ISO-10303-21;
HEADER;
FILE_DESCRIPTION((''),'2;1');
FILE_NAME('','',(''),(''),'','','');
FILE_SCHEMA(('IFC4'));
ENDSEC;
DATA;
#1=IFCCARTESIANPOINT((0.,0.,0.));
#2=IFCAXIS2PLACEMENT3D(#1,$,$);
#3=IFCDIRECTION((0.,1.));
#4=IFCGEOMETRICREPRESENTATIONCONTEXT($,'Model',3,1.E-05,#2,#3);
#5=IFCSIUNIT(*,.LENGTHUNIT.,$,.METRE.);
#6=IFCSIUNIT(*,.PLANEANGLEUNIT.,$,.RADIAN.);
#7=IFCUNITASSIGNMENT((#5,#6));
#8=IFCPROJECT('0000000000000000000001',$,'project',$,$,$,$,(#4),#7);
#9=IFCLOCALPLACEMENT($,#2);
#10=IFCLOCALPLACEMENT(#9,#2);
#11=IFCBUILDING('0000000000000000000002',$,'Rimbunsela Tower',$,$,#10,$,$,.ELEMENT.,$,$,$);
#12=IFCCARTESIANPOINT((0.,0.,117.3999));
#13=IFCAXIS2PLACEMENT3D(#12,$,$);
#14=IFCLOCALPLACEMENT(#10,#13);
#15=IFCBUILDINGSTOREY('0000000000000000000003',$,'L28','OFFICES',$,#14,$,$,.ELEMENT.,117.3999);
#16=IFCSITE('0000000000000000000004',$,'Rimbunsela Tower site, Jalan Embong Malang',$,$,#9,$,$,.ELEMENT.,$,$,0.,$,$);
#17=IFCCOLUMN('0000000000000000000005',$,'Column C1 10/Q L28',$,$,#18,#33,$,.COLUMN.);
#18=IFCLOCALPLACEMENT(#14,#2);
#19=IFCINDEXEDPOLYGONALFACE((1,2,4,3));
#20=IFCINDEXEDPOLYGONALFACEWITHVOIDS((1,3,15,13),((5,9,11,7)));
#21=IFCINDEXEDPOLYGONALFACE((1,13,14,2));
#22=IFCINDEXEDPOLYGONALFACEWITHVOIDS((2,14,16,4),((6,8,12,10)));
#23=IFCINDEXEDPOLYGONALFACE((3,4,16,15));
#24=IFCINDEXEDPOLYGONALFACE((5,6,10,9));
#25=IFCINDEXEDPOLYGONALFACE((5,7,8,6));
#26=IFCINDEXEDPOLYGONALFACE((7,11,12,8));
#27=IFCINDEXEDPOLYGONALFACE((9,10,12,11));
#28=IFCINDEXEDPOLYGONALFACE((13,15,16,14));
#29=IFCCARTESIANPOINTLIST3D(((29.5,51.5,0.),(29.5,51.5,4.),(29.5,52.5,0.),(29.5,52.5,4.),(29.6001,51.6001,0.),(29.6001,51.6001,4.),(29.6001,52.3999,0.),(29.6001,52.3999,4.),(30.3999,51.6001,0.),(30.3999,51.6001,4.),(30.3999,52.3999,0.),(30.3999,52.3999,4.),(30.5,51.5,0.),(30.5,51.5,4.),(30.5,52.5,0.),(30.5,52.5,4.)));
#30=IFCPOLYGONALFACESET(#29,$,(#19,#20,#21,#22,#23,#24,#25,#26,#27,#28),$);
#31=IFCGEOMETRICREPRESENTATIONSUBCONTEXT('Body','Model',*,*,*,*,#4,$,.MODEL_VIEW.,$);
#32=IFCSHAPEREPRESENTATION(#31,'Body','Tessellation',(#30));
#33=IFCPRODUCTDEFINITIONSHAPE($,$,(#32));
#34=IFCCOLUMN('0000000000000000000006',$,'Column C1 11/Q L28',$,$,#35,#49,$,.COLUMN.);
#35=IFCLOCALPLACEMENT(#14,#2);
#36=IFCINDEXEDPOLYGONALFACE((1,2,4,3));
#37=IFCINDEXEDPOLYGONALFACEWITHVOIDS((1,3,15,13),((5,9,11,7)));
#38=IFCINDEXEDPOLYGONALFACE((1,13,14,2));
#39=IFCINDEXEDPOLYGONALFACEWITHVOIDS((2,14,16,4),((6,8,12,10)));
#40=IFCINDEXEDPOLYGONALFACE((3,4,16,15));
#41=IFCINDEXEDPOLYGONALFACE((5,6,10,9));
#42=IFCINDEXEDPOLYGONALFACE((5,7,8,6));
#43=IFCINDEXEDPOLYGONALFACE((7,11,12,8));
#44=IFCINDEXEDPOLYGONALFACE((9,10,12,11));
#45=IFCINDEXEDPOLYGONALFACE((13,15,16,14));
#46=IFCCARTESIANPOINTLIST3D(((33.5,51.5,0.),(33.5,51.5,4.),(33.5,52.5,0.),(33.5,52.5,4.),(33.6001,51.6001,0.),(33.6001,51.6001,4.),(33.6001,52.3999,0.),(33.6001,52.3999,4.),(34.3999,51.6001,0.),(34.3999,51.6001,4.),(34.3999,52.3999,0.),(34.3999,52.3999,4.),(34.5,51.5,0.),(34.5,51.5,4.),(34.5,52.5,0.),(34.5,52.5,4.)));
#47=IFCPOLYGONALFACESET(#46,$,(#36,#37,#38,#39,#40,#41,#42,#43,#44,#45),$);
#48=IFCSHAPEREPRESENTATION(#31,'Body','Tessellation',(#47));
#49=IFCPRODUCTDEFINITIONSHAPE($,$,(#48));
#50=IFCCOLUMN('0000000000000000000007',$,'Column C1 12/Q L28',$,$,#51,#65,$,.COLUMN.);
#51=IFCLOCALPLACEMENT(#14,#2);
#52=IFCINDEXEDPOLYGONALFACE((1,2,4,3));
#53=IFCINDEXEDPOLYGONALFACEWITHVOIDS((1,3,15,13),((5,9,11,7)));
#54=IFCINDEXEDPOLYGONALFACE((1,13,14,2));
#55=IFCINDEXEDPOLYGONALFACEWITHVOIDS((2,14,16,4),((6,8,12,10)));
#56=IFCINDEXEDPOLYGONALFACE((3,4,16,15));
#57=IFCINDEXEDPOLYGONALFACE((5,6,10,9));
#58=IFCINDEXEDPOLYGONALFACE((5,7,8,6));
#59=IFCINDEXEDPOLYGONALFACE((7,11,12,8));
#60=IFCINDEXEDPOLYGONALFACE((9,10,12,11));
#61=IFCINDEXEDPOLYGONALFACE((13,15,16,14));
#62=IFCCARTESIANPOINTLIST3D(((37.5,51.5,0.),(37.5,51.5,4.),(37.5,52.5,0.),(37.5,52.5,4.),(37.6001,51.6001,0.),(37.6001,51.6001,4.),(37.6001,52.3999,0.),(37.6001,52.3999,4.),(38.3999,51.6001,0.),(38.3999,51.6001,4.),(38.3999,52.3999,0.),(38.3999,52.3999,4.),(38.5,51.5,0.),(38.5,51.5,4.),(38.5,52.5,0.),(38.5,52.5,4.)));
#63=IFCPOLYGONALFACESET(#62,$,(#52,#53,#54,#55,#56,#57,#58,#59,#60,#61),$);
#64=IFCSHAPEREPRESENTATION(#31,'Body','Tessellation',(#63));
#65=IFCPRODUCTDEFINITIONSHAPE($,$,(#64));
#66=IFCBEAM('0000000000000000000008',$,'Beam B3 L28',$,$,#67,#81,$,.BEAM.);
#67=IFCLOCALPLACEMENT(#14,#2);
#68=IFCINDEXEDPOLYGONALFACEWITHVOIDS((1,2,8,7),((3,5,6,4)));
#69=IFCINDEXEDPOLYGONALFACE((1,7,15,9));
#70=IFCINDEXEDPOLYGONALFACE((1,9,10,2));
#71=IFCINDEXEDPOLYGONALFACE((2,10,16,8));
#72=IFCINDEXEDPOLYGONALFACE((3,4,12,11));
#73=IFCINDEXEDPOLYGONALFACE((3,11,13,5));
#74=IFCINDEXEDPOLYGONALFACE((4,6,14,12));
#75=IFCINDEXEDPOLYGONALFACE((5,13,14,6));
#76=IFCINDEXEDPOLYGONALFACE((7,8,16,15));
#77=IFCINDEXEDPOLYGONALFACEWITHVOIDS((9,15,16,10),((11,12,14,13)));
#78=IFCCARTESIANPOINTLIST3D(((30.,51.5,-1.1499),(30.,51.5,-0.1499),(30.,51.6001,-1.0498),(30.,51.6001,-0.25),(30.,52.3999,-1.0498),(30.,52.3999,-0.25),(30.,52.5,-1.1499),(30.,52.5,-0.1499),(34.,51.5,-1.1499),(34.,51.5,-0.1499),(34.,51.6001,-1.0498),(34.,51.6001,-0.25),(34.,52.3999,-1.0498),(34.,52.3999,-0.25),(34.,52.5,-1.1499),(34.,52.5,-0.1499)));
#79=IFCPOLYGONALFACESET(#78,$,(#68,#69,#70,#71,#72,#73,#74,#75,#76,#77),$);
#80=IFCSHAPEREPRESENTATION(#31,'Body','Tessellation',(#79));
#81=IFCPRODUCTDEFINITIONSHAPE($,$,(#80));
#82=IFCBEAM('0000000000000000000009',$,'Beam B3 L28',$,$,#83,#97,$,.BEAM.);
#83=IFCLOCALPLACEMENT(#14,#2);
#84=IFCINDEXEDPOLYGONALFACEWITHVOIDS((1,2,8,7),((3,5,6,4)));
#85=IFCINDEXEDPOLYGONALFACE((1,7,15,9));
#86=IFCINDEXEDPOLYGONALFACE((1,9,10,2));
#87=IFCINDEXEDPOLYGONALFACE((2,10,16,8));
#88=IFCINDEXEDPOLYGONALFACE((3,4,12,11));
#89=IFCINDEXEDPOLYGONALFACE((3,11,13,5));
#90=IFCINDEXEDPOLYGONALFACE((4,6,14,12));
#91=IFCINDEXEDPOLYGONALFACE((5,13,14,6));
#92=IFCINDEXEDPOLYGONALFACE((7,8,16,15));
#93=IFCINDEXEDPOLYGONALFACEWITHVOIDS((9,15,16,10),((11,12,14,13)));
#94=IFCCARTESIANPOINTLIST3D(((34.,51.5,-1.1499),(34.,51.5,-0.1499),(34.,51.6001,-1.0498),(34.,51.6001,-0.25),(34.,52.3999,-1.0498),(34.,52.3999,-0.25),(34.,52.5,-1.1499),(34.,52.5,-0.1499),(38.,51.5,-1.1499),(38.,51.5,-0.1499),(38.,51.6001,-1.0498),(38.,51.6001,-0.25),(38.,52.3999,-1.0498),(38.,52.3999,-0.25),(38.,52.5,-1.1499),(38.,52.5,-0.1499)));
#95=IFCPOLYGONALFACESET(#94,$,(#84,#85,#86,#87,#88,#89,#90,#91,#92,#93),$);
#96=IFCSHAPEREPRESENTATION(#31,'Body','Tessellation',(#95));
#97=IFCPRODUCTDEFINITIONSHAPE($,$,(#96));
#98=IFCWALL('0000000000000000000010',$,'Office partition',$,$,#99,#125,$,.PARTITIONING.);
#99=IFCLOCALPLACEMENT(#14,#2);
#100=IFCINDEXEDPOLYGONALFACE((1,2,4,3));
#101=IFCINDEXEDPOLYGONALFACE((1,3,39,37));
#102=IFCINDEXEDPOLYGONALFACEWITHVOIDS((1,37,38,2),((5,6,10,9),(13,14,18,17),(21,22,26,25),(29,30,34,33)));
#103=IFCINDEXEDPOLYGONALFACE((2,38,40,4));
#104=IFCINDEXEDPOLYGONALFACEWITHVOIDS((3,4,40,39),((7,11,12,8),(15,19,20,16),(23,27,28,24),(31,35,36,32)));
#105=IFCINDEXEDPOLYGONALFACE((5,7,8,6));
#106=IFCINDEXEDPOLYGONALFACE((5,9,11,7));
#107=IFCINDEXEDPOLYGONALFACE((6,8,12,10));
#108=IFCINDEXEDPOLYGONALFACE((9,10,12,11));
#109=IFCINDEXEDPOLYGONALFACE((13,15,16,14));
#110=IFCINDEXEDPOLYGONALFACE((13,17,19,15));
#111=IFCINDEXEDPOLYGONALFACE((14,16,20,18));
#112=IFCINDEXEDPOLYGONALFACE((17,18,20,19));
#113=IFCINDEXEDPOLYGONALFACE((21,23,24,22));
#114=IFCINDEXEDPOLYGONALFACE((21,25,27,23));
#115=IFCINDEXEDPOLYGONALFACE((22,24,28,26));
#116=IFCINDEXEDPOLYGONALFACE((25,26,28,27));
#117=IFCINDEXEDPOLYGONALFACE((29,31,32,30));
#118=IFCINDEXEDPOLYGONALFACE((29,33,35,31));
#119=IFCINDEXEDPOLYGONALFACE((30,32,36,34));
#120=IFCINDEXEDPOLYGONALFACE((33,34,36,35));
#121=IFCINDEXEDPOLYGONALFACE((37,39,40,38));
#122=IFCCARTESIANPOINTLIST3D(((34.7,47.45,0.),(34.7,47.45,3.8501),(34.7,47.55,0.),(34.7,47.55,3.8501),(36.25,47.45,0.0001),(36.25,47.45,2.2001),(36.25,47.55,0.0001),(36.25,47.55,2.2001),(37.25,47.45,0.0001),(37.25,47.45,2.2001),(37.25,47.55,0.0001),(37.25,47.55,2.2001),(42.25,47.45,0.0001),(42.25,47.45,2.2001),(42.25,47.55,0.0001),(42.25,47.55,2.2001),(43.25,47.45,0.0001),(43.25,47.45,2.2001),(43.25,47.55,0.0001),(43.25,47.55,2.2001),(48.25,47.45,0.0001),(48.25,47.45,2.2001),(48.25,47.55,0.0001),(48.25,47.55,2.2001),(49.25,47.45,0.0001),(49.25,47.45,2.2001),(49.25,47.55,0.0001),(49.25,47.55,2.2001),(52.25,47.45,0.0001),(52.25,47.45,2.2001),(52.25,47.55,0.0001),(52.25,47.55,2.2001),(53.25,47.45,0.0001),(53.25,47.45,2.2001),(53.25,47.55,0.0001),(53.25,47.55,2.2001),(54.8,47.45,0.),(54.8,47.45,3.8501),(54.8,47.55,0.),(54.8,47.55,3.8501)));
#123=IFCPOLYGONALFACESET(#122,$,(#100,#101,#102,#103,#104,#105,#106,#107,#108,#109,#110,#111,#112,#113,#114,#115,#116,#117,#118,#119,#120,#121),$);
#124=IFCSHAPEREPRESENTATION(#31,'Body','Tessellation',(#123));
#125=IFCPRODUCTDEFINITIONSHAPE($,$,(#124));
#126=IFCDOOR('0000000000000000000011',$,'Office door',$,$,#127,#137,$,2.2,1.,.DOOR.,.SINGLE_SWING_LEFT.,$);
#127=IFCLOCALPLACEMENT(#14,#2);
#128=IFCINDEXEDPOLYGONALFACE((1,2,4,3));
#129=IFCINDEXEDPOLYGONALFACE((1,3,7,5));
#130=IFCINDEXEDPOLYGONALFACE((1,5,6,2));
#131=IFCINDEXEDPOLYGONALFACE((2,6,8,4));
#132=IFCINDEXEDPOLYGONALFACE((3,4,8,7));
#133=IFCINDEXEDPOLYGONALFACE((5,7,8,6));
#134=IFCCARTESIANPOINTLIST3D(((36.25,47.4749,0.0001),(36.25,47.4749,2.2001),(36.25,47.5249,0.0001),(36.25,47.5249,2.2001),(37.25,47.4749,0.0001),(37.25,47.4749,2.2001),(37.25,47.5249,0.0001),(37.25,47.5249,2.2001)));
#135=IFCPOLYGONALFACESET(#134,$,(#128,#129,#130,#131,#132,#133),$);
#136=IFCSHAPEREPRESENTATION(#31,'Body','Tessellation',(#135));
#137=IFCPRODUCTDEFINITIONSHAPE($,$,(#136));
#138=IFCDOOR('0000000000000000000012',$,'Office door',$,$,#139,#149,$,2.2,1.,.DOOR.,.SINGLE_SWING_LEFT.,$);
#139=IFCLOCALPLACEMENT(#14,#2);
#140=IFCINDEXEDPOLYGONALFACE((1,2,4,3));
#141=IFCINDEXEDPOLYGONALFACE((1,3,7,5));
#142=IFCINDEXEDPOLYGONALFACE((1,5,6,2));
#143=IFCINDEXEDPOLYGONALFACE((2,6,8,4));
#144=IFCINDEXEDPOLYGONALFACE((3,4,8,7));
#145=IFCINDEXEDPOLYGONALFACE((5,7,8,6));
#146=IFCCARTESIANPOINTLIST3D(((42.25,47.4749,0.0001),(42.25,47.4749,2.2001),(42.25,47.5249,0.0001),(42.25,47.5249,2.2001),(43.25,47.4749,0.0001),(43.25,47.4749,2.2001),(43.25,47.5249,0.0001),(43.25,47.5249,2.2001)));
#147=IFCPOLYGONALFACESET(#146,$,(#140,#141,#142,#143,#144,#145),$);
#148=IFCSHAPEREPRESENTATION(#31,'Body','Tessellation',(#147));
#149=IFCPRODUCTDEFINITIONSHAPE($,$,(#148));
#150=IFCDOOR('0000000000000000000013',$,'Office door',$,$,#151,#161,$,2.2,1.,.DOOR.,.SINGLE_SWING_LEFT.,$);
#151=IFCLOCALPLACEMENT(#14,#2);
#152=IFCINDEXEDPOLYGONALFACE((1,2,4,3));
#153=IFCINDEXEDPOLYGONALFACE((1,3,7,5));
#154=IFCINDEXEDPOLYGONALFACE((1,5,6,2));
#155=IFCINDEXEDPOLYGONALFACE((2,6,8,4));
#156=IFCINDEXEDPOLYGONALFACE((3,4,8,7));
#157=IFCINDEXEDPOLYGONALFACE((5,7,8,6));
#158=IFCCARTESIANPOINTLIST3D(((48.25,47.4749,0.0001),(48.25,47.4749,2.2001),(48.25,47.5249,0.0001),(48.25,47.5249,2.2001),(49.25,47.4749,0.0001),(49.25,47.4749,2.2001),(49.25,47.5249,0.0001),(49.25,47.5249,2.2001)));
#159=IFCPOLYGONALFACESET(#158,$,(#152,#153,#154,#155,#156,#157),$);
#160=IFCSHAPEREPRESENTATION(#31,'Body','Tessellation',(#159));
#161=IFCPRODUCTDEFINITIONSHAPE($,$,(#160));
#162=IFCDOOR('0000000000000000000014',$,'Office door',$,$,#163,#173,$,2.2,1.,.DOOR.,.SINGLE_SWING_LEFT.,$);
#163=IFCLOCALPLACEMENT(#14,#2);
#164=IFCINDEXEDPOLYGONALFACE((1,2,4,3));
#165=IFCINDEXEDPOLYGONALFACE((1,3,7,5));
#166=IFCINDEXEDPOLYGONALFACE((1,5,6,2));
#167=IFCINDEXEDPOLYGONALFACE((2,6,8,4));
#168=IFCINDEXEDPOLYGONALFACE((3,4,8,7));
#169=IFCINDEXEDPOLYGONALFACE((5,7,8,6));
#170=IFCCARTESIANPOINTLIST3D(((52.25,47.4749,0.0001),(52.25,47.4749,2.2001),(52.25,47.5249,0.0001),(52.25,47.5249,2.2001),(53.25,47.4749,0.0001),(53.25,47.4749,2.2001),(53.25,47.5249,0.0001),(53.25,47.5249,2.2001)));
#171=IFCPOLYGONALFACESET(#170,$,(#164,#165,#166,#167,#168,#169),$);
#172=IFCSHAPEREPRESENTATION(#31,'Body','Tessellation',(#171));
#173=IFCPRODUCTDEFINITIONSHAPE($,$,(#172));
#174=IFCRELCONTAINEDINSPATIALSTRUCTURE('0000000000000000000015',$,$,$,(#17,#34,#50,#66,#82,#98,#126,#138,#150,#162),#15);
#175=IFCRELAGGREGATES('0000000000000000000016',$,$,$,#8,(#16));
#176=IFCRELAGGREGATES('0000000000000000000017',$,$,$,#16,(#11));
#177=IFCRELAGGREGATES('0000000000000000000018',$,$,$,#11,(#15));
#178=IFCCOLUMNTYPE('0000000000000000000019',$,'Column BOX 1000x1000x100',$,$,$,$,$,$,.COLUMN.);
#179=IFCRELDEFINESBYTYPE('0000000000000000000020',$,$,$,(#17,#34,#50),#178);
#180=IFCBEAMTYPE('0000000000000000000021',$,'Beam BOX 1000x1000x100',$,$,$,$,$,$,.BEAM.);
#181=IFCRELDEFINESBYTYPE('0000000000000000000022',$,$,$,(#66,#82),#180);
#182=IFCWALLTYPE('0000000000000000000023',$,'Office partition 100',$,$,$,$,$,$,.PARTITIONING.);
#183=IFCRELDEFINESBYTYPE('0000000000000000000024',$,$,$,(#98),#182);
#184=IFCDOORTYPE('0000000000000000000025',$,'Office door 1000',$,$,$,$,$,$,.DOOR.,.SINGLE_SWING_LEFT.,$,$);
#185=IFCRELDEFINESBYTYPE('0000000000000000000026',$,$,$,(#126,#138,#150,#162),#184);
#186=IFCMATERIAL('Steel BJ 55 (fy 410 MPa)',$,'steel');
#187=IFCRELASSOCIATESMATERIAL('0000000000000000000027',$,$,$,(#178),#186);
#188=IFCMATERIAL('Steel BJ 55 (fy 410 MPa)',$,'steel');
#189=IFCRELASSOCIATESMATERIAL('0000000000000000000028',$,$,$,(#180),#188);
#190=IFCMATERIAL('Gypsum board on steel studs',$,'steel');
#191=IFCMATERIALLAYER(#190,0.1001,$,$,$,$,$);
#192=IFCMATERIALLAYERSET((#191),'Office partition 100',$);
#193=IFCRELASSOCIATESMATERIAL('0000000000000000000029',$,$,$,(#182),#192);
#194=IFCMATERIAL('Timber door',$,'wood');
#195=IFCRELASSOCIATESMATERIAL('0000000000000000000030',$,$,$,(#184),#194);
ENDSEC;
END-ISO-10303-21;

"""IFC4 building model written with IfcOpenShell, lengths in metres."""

from ifc_helpers import new_model, si_unit, direction, frame, frame_2d, origin, origin_2d, place, context, subcontext, project, spatial, rectangle, hollow_rectangle, extrude, material, layer, layer_set, material_profile, profile_set, type_object, element, fill, save


model = new_model("IFC4")

# Units and contexts
model_context = context("Model", 3, precision=1e-05, world=origin(), true_north=direction((0.0, 1.0)))
body_context = subcontext(model_context, "Body", "Model", "MODEL_VIEW")
ifc_project = project(units=[si_unit("LENGTHUNIT", "METRE"), si_unit("PLANEANGLEUNIT", "RADIAN")], contexts=[model_context])

# Site, building, storey
site_placement = place(None, origin())
site = spatial("IfcSite", under=ifc_project, at=site_placement, Name="Rimbunsela Tower site, Jalan Embong Malang", CompositionType="ELEMENT", RefElevation=0.0)
building_placement = place(site_placement, origin())
building = spatial("IfcBuilding", under=site, at=building_placement, Name="Rimbunsela Tower", CompositionType="ELEMENT")
storey_placement = place(building_placement, frame((0.0, 0.0, 117.3999)))
storey = spatial("IfcBuildingStorey", under=building, at=storey_placement, Name="L28", Description="OFFICES", CompositionType="ELEMENT", Elevation=117.3999)

# Columns
ifc_material_1 = material(Name="Steel BJ 55 (fy 410 MPa)", Category="steel")
ifc_material_profile_1 = material_profile(ifc_material_1, hollow_rectangle(XDim=1.0, YDim=1.0, WallThickness=0.1001, at=origin_2d()), Name="BOX 1000x1000x100")
ifc_profile_set_1 = profile_set([ifc_material_profile_1], Name="Steel BJ 55 (fy 410 MPa)")
column_type = type_object("IfcColumnType", Name="Column BOX 1000x1000x100", PredefinedType="COLUMN", material=ifc_profile_set_1)
for number, where, z_axis, x_axis, name in (
    (1, (30.0, 52.0, 0.0), (0.0, 0.0, 1.0), (1.0, 0.0, 0.0), "Column C1 10/Q L28"),
    (2, (34.0, 52.0, 0.0), (0.0, 0.0, 1.0), (1.0, 0.0, 0.0), "Column C1 11/Q L28"),
    (3, (38.0, 52.0, 0.0), (0.0, 0.0, 1.0), (1.0, 0.0, 0.0), "Column C1 12/Q L28"),
):
    element("IfcColumn", number, at=place(storey_placement, frame(where, z_axis=z_axis, x_axis=x_axis)), inside=storey, type_object=column_type, Name=name, PredefinedType="COLUMN", context=body_context, shape_type="SweptSolid", body=[
        extrude(hollow_rectangle(XDim=1.0, YDim=1.0, WallThickness=0.1001, at=origin_2d()), origin(), (0.0, 0.0, 1.0), 4.0),
    ])

# Beams
ifc_material_2 = material(Name="Steel BJ 55 (fy 410 MPa)", Category="steel")
ifc_material_profile_2 = material_profile(ifc_material_2, hollow_rectangle(XDim=1.0, YDim=1.0, WallThickness=0.1001, at=origin_2d()), Name="BOX 1000x1000x100")
ifc_profile_set_2 = profile_set([ifc_material_profile_2], Name="Steel BJ 55 (fy 410 MPa)")
beam_type = type_object("IfcBeamType", Name="Beam BOX 1000x1000x100", PredefinedType="BEAM", material=ifc_profile_set_2)
for number, where, z_axis, x_axis, name in (
    (4, (30.0, 52.0, -0.6499), (1.0, 0.0, 0.0), (0.0, 1.0, 0.0), "Beam B3 L28"),
    (5, (34.0, 52.0, -0.6499), (1.0, 0.0, 0.0), (0.0, 1.0, 0.0), "Beam B3 L28"),
):
    element("IfcBeam", number, at=place(storey_placement, frame(where, z_axis=z_axis, x_axis=x_axis)), inside=storey, type_object=beam_type, Name=name, PredefinedType="BEAM", context=body_context, shape_type="SweptSolid", body=[
        extrude(hollow_rectangle(XDim=1.0, YDim=1.0, WallThickness=0.1001, at=origin_2d()), origin(), (0.0, 0.0, 1.0), 4.0),
    ])

# Wall, openings, doors
ifc_material_3 = material(Name="Gypsum board on steel studs", Category="steel")
ifc_layer_1 = layer(ifc_material_3, 0.1001)
ifc_layer_set_1 = layer_set([ifc_layer_1], Name="Office partition 100")
wall_type_1 = type_object("IfcWallType", Name="Office partition 100", PredefinedType="PARTITIONING", material=ifc_layer_set_1)
wall_1_placement = place(storey_placement, frame((34.7, 47.5, 0.0), z_axis=(0.0, 0.0, 1.0), x_axis=(1.0, 0.0, 0.0)))
wall_1 = element("IfcWall", 6, at=wall_1_placement, inside=storey, type_object=wall_type_1, Name="Office partition", PredefinedType="PARTITIONING", context=body_context, shape_type="SweptSolid", body=[
    extrude(rectangle(XDim=20.1001, YDim=0.1001, at=frame_2d((10.05, 0.0))), origin(), (0.0, 0.0, 1.0), 3.8501),
])
opening_1_placement = place(wall_1_placement, frame((1.55, 0.0, 0.0)))
opening_1 = element("IfcOpeningElement", 7, at=opening_1_placement, cuts=wall_1, PredefinedType="OPENING", context=body_context, shape_type="SweptSolid", body=[
    extrude(rectangle(XDim=1.0, YDim=2.2, at=frame_2d((0.5, 1.1001))), frame((0.0, 0.0601, 0.0), z_axis=(0.0, -1.0, 0.0), x_axis=(1.0, 0.0, 0.0)), (0.0, 0.0, 1.0), 0.1201),
])
opening_2_placement = place(wall_1_placement, frame((7.55, 0.0, 0.0)))
opening_2 = element("IfcOpeningElement", 8, at=opening_2_placement, cuts=wall_1, PredefinedType="OPENING", context=body_context, shape_type="SweptSolid", body=[
    extrude(rectangle(XDim=1.0, YDim=2.2, at=frame_2d((0.5, 1.1001))), frame((0.0, 0.0601, 0.0), z_axis=(0.0, -1.0, 0.0), x_axis=(1.0, 0.0, 0.0)), (0.0, 0.0, 1.0), 0.1201),
])
opening_3_placement = place(wall_1_placement, frame((13.55, 0.0, 0.0)))
opening_3 = element("IfcOpeningElement", 9, at=opening_3_placement, cuts=wall_1, PredefinedType="OPENING", context=body_context, shape_type="SweptSolid", body=[
    extrude(rectangle(XDim=1.0, YDim=2.2, at=frame_2d((0.5, 1.1001))), frame((0.0, 0.0601, 0.0), z_axis=(0.0, -1.0, 0.0), x_axis=(1.0, 0.0, 0.0)), (0.0, 0.0, 1.0), 0.1201),
])
opening_4_placement = place(wall_1_placement, frame((17.55, 0.0, 0.0)))
opening_4 = element("IfcOpeningElement", 10, at=opening_4_placement, cuts=wall_1, PredefinedType="OPENING", context=body_context, shape_type="SweptSolid", body=[
    extrude(rectangle(XDim=1.0, YDim=2.2, at=frame_2d((0.5, 1.1001))), frame((0.0, 0.0601, 0.0), z_axis=(0.0, -1.0, 0.0), x_axis=(1.0, 0.0, 0.0)), (0.0, 0.0, 1.0), 0.1201),
])
ifc_material_4 = material(Name="Timber door", Category="wood")
door_type = type_object("IfcDoorType", Name="Office door 1000", OperationType="SINGLE_SWING_LEFT", PredefinedType="DOOR", material=ifc_material_4)
door_1_placement = place(opening_1_placement, origin())
door_1 = element("IfcDoor", 11, at=door_1_placement, inside=storey, type_object=door_type, Name="Office door", OperationType="SINGLE_SWING_LEFT", OverallHeight=2.2, OverallWidth=1.0, PredefinedType="DOOR", context=body_context, shape_type="SweptSolid", body=[
    extrude(rectangle(XDim=1.0, YDim=2.2, at=frame_2d((0.5, 1.1001))), frame((0.0, 0.0249, 0.0), z_axis=(0.0, -1.0, 0.0), x_axis=(1.0, 0.0, 0.0)), (0.0, 0.0, 1.0), 0.05),
])
fill(opening_1, door_1)
door_2_placement = place(opening_2_placement, origin())
door_2 = element("IfcDoor", 12, at=door_2_placement, inside=storey, type_object=door_type, Name="Office door", OperationType="SINGLE_SWING_LEFT", OverallHeight=2.2, OverallWidth=1.0, PredefinedType="DOOR", context=body_context, shape_type="SweptSolid", body=[
    extrude(rectangle(XDim=1.0, YDim=2.2, at=frame_2d((0.5, 1.1001))), frame((0.0, 0.0249, 0.0), z_axis=(0.0, -1.0, 0.0), x_axis=(1.0, 0.0, 0.0)), (0.0, 0.0, 1.0), 0.05),
])
fill(opening_2, door_2)
door_3_placement = place(opening_3_placement, origin())
door_3 = element("IfcDoor", 13, at=door_3_placement, inside=storey, type_object=door_type, Name="Office door", OperationType="SINGLE_SWING_LEFT", OverallHeight=2.2, OverallWidth=1.0, PredefinedType="DOOR", context=body_context, shape_type="SweptSolid", body=[
    extrude(rectangle(XDim=1.0, YDim=2.2, at=frame_2d((0.5, 1.1001))), frame((0.0, 0.0249, 0.0), z_axis=(0.0, -1.0, 0.0), x_axis=(1.0, 0.0, 0.0)), (0.0, 0.0, 1.0), 0.05),
])
fill(opening_3, door_3)
door_4_placement = place(opening_4_placement, origin())
door_4 = element("IfcDoor", 14, at=door_4_placement, inside=storey, type_object=door_type, Name="Office door", OperationType="SINGLE_SWING_LEFT", OverallHeight=2.2, OverallWidth=1.0, PredefinedType="DOOR", context=body_context, shape_type="SweptSolid", body=[
    extrude(rectangle(XDim=1.0, YDim=2.2, at=frame_2d((0.5, 1.1001))), frame((0.0, 0.0249, 0.0), z_axis=(0.0, -1.0, 0.0), x_axis=(1.0, 0.0, 0.0)), (0.0, 0.0, 1.0), 0.05),
])
fill(opening_4, door_4)

save(model, "model.ifc")
